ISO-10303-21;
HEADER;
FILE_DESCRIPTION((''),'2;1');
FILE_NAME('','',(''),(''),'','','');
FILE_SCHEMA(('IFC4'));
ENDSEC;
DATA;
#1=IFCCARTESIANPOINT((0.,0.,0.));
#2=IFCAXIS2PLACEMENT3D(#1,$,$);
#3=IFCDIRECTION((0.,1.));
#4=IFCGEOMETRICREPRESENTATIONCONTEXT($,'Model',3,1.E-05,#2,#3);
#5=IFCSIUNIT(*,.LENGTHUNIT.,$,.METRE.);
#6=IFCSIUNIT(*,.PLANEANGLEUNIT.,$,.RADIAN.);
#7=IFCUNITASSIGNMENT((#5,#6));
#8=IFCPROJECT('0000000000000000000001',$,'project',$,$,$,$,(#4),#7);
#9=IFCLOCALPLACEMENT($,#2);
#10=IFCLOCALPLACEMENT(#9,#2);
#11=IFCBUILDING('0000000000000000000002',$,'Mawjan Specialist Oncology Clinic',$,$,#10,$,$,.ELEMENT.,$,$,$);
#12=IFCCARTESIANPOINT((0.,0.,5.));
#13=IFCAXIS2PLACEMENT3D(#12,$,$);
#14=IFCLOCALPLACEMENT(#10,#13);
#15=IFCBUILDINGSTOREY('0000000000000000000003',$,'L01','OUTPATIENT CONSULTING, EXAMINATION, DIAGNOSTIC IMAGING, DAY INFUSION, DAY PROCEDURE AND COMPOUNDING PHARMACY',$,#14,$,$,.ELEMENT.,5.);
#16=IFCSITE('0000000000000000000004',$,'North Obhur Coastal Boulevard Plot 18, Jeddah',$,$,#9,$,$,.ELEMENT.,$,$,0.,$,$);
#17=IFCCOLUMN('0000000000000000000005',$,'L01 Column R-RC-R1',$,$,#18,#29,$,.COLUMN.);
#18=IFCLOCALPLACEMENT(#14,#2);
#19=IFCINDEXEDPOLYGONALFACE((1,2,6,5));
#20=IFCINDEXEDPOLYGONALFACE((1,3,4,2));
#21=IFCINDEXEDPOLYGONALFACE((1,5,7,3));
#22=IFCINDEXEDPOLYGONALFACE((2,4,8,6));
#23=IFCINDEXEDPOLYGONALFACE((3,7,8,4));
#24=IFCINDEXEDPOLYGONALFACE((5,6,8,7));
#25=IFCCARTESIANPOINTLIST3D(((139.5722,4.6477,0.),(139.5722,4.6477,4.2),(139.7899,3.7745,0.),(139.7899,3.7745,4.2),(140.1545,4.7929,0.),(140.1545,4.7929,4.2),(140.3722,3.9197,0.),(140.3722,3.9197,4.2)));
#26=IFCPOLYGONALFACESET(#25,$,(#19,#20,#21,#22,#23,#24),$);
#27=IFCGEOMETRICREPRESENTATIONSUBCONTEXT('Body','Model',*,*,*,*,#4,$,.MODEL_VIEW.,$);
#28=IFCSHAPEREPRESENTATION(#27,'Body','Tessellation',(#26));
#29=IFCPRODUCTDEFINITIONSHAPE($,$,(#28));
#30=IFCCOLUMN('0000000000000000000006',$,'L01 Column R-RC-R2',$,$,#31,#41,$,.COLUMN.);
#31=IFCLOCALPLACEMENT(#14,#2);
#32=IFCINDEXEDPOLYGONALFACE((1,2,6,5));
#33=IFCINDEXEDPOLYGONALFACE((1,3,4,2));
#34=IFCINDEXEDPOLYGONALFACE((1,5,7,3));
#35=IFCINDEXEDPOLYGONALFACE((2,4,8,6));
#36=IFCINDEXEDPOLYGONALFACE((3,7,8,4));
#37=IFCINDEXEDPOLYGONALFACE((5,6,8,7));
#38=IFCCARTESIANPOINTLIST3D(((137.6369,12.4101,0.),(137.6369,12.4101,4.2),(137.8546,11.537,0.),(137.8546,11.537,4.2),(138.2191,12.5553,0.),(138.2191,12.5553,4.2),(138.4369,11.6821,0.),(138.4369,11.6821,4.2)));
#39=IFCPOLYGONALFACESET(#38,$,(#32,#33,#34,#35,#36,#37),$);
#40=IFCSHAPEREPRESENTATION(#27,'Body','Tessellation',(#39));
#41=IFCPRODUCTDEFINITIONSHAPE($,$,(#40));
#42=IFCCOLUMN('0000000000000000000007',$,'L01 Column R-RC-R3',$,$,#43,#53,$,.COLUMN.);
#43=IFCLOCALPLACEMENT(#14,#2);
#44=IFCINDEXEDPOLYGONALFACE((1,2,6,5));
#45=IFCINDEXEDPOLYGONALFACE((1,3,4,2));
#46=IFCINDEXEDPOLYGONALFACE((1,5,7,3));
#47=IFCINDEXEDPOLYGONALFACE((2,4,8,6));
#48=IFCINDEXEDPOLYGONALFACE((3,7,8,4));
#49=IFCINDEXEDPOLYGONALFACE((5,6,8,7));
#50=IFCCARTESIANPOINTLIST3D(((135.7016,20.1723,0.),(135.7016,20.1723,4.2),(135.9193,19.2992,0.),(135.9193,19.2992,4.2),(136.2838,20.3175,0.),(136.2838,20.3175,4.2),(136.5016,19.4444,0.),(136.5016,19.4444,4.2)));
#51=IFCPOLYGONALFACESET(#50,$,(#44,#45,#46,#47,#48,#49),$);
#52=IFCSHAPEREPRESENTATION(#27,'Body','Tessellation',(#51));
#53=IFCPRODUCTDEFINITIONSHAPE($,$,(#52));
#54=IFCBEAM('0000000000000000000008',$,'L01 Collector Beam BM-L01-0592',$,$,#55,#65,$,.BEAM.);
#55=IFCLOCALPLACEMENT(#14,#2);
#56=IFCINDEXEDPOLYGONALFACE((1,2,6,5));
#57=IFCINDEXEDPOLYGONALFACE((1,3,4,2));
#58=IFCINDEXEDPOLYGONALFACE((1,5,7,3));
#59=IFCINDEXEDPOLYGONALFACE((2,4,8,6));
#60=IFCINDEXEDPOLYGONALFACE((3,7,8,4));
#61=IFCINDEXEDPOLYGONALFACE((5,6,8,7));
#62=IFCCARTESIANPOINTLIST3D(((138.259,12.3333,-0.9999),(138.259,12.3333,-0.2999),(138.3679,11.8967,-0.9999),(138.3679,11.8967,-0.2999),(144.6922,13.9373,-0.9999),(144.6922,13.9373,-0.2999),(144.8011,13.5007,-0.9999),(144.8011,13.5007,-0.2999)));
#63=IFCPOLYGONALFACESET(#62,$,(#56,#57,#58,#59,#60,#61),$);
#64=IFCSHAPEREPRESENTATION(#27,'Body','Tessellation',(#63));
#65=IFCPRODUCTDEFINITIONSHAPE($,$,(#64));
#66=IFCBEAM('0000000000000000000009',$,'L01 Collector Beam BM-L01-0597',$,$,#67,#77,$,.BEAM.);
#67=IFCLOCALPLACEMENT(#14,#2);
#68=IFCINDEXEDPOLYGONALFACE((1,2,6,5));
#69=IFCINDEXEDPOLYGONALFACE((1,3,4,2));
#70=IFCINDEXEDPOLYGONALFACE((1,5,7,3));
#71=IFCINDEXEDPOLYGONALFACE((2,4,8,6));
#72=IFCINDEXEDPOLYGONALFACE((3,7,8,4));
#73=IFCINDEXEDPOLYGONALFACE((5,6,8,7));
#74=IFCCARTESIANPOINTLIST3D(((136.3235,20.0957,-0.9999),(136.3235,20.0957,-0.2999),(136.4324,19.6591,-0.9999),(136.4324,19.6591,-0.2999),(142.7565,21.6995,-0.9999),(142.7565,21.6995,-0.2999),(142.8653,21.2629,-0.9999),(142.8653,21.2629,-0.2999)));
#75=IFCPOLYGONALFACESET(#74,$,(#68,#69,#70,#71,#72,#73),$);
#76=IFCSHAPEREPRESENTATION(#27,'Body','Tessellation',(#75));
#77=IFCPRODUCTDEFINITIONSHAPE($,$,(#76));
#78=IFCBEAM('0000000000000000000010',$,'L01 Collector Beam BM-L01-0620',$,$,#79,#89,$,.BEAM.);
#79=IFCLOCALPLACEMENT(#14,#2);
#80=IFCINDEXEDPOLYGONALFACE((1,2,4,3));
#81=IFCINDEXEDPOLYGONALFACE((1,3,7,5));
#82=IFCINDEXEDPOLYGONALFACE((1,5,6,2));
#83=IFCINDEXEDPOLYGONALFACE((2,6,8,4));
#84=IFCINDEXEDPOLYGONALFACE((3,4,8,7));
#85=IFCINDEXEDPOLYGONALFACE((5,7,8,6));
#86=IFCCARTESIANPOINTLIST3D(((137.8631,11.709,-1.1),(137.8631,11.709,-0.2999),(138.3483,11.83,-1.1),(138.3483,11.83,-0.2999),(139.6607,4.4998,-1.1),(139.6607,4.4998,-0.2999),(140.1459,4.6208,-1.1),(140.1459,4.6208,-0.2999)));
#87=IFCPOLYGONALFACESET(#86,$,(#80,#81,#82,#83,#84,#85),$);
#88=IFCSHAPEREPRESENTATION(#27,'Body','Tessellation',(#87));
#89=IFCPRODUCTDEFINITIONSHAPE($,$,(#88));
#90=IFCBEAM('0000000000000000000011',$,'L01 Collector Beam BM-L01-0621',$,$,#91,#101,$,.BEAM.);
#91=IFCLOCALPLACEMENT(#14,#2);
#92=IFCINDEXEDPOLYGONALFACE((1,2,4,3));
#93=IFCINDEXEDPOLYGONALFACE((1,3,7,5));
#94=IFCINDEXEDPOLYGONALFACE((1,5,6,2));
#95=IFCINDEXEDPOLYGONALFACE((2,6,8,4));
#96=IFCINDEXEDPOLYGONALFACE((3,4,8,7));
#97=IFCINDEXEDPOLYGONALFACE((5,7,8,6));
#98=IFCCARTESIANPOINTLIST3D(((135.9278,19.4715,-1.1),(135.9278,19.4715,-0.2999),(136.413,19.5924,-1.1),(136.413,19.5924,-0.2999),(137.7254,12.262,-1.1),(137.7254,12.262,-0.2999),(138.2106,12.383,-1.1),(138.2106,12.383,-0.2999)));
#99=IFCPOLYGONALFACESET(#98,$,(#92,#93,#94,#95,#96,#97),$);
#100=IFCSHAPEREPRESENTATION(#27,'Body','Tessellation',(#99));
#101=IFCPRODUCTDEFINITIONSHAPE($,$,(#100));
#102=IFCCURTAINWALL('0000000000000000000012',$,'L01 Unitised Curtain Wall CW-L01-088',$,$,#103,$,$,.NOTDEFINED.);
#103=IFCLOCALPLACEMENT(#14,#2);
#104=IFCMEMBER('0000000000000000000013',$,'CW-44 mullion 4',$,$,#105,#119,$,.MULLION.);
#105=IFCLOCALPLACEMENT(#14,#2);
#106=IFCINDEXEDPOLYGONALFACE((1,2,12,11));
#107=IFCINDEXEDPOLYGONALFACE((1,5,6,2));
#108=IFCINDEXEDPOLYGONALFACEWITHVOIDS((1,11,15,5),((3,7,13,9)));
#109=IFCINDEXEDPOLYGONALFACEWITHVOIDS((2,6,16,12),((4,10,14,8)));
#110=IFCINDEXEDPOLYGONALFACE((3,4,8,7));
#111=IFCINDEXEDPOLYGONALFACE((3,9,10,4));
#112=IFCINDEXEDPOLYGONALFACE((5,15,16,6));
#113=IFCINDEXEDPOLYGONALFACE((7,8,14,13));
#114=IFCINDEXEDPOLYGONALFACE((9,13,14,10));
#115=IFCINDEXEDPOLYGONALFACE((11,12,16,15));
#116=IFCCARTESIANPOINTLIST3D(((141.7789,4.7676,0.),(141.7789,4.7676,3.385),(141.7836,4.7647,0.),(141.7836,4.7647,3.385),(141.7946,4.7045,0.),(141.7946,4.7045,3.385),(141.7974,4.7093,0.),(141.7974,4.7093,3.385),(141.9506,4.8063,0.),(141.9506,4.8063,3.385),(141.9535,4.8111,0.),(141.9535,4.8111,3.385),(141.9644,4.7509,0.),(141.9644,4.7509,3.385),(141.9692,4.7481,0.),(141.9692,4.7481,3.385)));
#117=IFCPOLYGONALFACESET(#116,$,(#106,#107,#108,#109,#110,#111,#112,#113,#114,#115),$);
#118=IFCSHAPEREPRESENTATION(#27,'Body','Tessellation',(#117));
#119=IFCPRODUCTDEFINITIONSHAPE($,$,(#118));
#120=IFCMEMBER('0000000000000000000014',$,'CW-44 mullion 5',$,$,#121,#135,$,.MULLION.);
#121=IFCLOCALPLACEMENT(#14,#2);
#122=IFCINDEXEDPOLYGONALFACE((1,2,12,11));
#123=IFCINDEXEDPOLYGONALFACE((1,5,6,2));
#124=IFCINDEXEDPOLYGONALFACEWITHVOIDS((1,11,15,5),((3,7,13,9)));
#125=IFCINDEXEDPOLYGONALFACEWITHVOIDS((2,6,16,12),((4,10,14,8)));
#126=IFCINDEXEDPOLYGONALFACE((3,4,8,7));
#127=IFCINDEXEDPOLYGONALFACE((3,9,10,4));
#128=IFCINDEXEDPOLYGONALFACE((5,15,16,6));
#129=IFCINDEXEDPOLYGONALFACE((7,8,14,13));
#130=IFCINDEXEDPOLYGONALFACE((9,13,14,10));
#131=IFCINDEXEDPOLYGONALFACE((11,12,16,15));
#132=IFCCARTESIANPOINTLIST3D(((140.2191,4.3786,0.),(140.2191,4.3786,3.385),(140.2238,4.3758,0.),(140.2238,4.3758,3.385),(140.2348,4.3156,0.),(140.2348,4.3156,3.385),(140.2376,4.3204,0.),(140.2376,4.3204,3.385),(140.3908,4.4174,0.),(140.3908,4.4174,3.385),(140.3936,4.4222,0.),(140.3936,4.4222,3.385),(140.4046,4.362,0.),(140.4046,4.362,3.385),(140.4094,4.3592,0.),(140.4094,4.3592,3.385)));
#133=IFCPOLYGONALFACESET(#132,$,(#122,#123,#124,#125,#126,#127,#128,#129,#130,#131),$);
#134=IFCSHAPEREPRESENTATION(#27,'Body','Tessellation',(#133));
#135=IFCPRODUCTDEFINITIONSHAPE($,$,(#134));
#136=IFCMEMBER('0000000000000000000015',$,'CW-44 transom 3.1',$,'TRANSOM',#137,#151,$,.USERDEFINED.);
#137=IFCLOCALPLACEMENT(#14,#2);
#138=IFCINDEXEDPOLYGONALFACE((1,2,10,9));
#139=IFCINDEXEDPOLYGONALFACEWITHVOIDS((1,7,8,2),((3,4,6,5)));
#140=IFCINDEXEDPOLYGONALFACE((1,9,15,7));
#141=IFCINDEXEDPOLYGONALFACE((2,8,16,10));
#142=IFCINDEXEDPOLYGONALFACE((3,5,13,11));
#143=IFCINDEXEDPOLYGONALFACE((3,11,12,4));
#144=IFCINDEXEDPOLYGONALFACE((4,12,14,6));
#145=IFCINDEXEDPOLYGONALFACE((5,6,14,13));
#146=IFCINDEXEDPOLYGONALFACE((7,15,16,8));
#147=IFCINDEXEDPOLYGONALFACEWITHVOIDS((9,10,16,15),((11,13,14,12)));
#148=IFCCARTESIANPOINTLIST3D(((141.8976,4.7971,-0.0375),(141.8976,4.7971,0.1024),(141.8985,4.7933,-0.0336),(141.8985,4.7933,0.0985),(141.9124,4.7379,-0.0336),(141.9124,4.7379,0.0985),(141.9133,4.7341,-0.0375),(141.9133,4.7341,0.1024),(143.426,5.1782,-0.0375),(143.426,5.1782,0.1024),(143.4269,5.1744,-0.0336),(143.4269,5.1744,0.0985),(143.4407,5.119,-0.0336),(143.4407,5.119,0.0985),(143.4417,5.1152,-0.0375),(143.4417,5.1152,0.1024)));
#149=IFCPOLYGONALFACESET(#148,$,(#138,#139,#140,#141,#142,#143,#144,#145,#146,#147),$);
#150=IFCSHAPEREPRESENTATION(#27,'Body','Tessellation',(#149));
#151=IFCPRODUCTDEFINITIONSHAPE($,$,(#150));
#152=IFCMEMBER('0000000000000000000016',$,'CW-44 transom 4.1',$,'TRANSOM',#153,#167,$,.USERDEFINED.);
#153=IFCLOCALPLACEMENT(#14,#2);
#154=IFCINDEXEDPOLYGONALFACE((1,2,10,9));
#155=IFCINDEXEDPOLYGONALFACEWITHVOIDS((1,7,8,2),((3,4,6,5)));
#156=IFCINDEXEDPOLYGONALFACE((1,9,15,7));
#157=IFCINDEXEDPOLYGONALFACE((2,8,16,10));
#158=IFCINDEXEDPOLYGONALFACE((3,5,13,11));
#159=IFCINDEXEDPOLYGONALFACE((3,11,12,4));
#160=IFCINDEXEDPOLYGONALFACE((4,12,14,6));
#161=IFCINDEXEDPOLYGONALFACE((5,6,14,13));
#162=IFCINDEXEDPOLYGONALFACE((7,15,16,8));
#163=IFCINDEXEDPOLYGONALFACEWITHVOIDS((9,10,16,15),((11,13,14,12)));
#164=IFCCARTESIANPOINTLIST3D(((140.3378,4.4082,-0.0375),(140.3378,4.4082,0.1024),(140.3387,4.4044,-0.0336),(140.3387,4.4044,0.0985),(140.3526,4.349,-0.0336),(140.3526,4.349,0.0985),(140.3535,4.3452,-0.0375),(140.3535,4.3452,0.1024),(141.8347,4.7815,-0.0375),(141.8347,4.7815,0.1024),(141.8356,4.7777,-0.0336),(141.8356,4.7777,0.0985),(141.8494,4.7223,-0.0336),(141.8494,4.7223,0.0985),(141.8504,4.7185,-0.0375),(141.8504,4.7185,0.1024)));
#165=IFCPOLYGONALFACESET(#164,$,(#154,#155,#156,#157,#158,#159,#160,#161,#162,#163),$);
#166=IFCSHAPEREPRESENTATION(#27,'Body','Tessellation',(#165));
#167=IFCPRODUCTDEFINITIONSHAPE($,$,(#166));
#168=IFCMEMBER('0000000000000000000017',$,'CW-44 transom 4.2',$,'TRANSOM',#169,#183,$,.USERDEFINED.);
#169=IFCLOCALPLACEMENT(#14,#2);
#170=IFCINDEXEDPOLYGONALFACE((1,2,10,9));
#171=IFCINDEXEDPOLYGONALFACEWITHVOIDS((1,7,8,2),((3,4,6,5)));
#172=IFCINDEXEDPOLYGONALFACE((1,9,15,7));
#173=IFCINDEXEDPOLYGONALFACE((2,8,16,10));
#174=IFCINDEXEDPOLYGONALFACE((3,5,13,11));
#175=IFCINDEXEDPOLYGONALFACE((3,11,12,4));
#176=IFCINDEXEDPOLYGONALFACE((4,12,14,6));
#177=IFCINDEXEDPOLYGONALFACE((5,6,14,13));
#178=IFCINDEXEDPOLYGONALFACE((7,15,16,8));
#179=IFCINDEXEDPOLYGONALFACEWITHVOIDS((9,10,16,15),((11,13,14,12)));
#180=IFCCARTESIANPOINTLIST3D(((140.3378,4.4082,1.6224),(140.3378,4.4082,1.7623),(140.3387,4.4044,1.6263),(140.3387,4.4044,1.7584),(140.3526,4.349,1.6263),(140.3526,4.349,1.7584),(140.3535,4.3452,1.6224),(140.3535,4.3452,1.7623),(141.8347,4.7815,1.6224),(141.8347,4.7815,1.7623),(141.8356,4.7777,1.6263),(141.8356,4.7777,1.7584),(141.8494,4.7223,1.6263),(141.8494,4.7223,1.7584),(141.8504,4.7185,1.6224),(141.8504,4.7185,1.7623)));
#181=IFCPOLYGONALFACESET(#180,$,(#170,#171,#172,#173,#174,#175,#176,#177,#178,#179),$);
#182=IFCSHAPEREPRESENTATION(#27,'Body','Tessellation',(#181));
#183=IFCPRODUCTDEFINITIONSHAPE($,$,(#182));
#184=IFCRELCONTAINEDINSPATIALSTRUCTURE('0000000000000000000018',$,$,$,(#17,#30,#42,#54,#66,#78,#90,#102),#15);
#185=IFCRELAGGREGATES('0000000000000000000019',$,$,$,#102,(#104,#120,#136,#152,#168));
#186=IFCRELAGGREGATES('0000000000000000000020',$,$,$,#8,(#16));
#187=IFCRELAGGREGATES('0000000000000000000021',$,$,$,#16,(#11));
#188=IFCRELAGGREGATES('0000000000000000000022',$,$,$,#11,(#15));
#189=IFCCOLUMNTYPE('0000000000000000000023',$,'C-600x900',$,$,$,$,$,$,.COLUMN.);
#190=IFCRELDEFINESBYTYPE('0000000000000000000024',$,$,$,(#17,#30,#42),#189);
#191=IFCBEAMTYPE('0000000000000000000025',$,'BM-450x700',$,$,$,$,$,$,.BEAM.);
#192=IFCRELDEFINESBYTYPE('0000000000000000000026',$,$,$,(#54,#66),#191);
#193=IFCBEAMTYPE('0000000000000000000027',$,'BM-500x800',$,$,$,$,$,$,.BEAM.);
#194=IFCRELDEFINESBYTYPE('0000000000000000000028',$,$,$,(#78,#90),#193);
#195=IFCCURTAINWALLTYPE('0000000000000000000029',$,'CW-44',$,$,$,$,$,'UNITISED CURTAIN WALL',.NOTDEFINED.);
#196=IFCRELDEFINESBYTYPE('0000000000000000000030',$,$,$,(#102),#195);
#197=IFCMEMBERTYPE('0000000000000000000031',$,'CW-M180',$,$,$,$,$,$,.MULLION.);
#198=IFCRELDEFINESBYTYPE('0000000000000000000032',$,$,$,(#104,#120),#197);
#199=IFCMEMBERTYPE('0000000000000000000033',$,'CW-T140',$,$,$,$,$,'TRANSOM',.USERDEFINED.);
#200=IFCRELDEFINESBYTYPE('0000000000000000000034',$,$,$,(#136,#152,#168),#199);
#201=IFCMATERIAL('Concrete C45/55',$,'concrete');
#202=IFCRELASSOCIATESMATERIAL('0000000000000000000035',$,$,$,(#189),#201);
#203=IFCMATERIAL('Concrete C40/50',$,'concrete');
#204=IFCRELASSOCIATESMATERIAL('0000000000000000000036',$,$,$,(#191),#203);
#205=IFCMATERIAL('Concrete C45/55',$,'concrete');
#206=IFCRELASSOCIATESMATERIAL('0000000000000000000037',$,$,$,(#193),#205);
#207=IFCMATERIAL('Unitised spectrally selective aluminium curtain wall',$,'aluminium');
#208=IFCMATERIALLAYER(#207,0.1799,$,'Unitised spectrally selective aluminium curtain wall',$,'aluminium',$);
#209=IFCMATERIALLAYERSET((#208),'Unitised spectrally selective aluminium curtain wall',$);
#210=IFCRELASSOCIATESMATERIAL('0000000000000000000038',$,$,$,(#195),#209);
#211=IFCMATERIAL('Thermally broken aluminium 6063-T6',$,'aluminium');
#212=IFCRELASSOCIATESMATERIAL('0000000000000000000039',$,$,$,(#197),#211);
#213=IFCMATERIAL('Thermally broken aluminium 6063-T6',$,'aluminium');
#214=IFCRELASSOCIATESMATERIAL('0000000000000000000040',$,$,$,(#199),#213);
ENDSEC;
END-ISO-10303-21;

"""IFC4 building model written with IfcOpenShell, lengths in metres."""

from ifc_helpers import new_model, si_unit, direction, frame, origin, origin_2d, place, context, subcontext, project, spatial, rectangle, hollow_rectangle, extrude, material, layer, layer_set, material_profile, profile_set, type_object, element, aggregate, save


model = new_model("IFC4")

# Units and contexts
model_context = context("Model", 3, precision=1e-05, world=origin(), true_north=direction((0.0, 1.0)))
body_context = subcontext(model_context, "Body", "Model", "MODEL_VIEW")
ifc_project = project(units=[si_unit("LENGTHUNIT", "METRE"), si_unit("PLANEANGLEUNIT", "RADIAN")], contexts=[model_context])

# Site, building, storey
site_placement = place(None, origin())
site = spatial("IfcSite", under=ifc_project, at=site_placement, Name="North Obhur Coastal Boulevard Plot 18, Jeddah", CompositionType="ELEMENT", RefElevation=0.0)
building_placement = place(site_placement, origin())
building = spatial("IfcBuilding", under=site, at=building_placement, Name="Mawjan Specialist Oncology Clinic", CompositionType="ELEMENT")
storey_placement = place(building_placement, frame((0.0, 0.0, 5.0)))
storey = spatial("IfcBuildingStorey", under=building, at=storey_placement, Name="L01", Description="OUTPATIENT CONSULTING, EXAMINATION, DIAGNOSTIC IMAGING, DAY INFUSION, DAY PROCEDURE AND COMPOUNDING PHARMACY", CompositionType="ELEMENT", Elevation=5.0)

# Columns
ifc_material_1 = material(Name="Concrete C45/55", Category="concrete")
ifc_material_profile_1 = material_profile(ifc_material_1, rectangle(XDim=0.6001, YDim=0.8999, at=origin_2d()), Name="RC COL 600x900", Category="concrete")
ifc_profile_set_1 = profile_set([ifc_material_profile_1], Name="Concrete C45/55")
column_type = type_object("IfcColumnType", Name="C-600x900", PredefinedType="COLUMN", material=ifc_profile_set_1)
for number, where, z_axis, x_axis, name in (
    (1, (139.9722, 4.2837, 0.0), (0.0, 0.0, 1.0), (0.970296, 0.241922, 0.0), "L01 Column R-RC-R1"),
    (2, (138.0369, 12.0461, 0.0), (0.0, 0.0, 1.0), (0.970296, 0.241922, 0.0), "L01 Column R-RC-R2"),
    (3, (136.1016, 19.8083, 0.0), (0.0, 0.0, 1.0), (0.970296, 0.241922, 0.0), "L01 Column R-RC-R3"),
):
    element("IfcColumn", number, at=place(storey_placement, frame(where, z_axis=z_axis, x_axis=x_axis)), inside=storey, type_object=column_type, Name=name, PredefinedType="COLUMN", context=body_context, shape_type="SweptSolid", body=[
        extrude(rectangle(XDim=0.6001, YDim=0.8999, at=origin_2d()), origin(), (0.0, 0.0, 1.0), 4.2),
    ])

# Beams
ifc_material_2 = material(Name="Concrete C40/50", Category="concrete")
ifc_material_profile_2 = material_profile(ifc_material_2, rectangle(XDim=0.45, YDim=0.7, at=origin_2d()), Name="RC BM 450x700", Category="concrete")
ifc_profile_set_2 = profile_set([ifc_material_profile_2], Name="Concrete C40/50")
beam_type_1 = type_object("IfcBeamType", Name="BM-450x700", PredefinedType="BEAM", material=ifc_profile_set_2)
beam_1_placement = place(storey_placement, frame((138.3135, 12.115, -0.6499), z_axis=(0.970294, 0.241929, 0.0), x_axis=(-0.241929, 0.970294, 0.0)))
element("IfcBeam", 4, at=beam_1_placement, inside=storey, type_object=beam_type_1, Name="L01 Collector Beam BM-L01-0592", PredefinedType="BEAM", context=body_context, shape_type="SweptSolid", body=[
    extrude(rectangle(XDim=0.45, YDim=0.7, at=origin_2d()), origin(), (0.0, 0.0, 1.0), 6.6301),
])
beam_2_placement = place(storey_placement, frame((136.3779, 19.8774, -0.6499), z_axis=(0.970303, 0.241894, 0.0), x_axis=(-0.241894, 0.970303, 0.0)))
element("IfcBeam", 5, at=beam_2_placement, inside=storey, type_object=beam_type_1, Name="L01 Collector Beam BM-L01-0597", PredefinedType="BEAM", context=body_context, shape_type="SweptSolid", body=[
    extrude(rectangle(XDim=0.45, YDim=0.7, at=origin_2d()), origin(), (0.0, 0.0, 1.0), 6.6299),
])
ifc_material_3 = material(Name="Concrete C45/55", Category="concrete")
ifc_material_profile_3 = material_profile(ifc_material_3, rectangle(XDim=0.5, YDim=0.8, at=origin_2d()), Name="RC BM 500x800", Category="concrete")
ifc_profile_set_3 = profile_set([ifc_material_profile_3], Name="Concrete C45/55")
beam_type_2 = type_object("IfcBeamType", Name="BM-500x800", PredefinedType="BEAM", material=ifc_profile_set_3)
beam_3_placement = place(storey_placement, frame((139.9033, 4.5603, -0.7), z_axis=(-0.24194, 0.970291, 0.0), x_axis=(-0.970291, -0.24194, 0.0)))
element("IfcBeam", 6, at=beam_3_placement, inside=storey, type_object=beam_type_2, Name="L01 Collector Beam BM-L01-0620", PredefinedType="BEAM", context=body_context, shape_type="SweptSolid", body=[
    extrude(rectangle(XDim=0.5, YDim=0.8, at=origin_2d()), origin(), (0.0, 0.0, 1.0), 7.4299),
])
beam_4_placement = place(storey_placement, frame((137.968, 12.3225, -0.7), z_axis=(-0.241933, 0.970293, 0.0), x_axis=(-0.970293, -0.241933, 0.0)))
element("IfcBeam", 7, at=beam_4_placement, inside=storey, type_object=beam_type_2, Name="L01 Collector Beam BM-L01-0621", PredefinedType="BEAM", context=body_context, shape_type="SweptSolid", body=[
    extrude(rectangle(XDim=0.5, YDim=0.8, at=origin_2d()), origin(), (0.0, 0.0, 1.0), 7.4302),
])

# Curtain wall, members
ifc_material_4 = material(Name="Unitised spectrally selective aluminium curtain wall", Category="aluminium")
ifc_layer_1 = layer(ifc_material_4, 0.1799, Name="Unitised spectrally selective aluminium curtain wall", Category="aluminium")
ifc_layer_set_1 = layer_set([ifc_layer_1], Name="Unitised spectrally selective aluminium curtain wall")
curtain_wall_type = type_object("IfcCurtainWallType", Name="CW-44", ElementType="UNITISED CURTAIN WALL", PredefinedType="NOTDEFINED", material=ifc_layer_set_1)
curtain_wall_placement = place(storey_placement, origin())
curtain_wall = element("IfcCurtainWall", 8, at=curtain_wall_placement, inside=storey, type_object=curtain_wall_type, Name="L01 Unitised Curtain Wall CW-L01-088", PredefinedType="NOTDEFINED")
ifc_material_5 = material(Name="Thermally broken aluminium 6063-T6", Category="aluminium")
ifc_material_profile_4 = material_profile(ifc_material_5, hollow_rectangle(XDim=0.0649, YDim=0.1799, WallThickness=0.0039, at=origin_2d()), Name="ALU MULLION 180x65x4", Category="aluminium")
ifc_profile_set_4 = profile_set([ifc_material_profile_4], Name="Thermally broken aluminium 6063-T6")
member_type_1 = type_object("IfcMemberType", Name="CW-M180", PredefinedType="MULLION", material=ifc_profile_set_4)
member_1_placement = place(storey_placement, frame((141.874, 4.7578, 0.0), z_axis=(0.0, 0.0, 1.0), x_axis=(0.241922, -0.970296, 0.0)))
member_1 = element("IfcMember", 9, at=member_1_placement, type_object=member_type_1, Name="CW-44 mullion 4", PredefinedType="MULLION", context=body_context, shape_type="SweptSolid", body=[
    extrude(hollow_rectangle(XDim=0.0649, YDim=0.1799, WallThickness=0.0039, at=origin_2d()), origin(), (0.0, 0.0, 1.0), 3.385),
])
member_2_placement = place(storey_placement, frame((140.3142, 4.3689, 0.0), z_axis=(0.0, 0.0, 1.0), x_axis=(0.241922, -0.970296, 0.0)))
member_2 = element("IfcMember", 10, at=member_2_placement, type_object=member_type_1, Name="CW-44 mullion 5", PredefinedType="MULLION", context=body_context, shape_type="SweptSolid", body=[
    extrude(hollow_rectangle(XDim=0.0649, YDim=0.1799, WallThickness=0.0039, at=origin_2d()), origin(), (0.0, 0.0, 1.0), 3.385),
])
ifc_material_6 = material(Name="Thermally broken aluminium 6063-T6", Category="aluminium")
ifc_material_profile_5 = material_profile(ifc_material_6, hollow_rectangle(XDim=0.0649, YDim=0.1399, WallThickness=0.0039, at=origin_2d()), Name="ALU TRANSOM 140x65x4", Category="aluminium")
ifc_profile_set_5 = profile_set([ifc_material_profile_5], Name="Thermally broken aluminium 6063-T6")
member_type_2 = type_object("IfcMemberType", Name="CW-T140", ElementType="TRANSOM", PredefinedType="USERDEFINED", material=ifc_profile_set_5)
member_3_placement = place(storey_placement, frame((143.4338, 5.1467, 0.0325), z_axis=(-0.970288, -0.241952, 0.0), x_axis=(0.241952, -0.970288, 0.0)))
member_3 = element("IfcMember", 11, at=member_3_placement, type_object=member_type_2, Name="CW-44 transom 3.1", ObjectType="TRANSOM", PredefinedType="USERDEFINED", context=body_context, shape_type="SweptSolid", body=[
    extrude(hollow_rectangle(XDim=0.0649, YDim=0.1399, WallThickness=0.0039, at=origin_2d()), origin(), (0.0, 0.0, 1.0), 1.5752),
])
member_4_placement = place(storey_placement, frame((141.8425, 4.75, 0.0325), z_axis=(-0.970282, -0.241977, 0.0), x_axis=(0.241977, -0.970282, 0.0)))
member_4 = element("IfcMember", 12, at=member_4_placement, type_object=member_type_2, Name="CW-44 transom 4.1", ObjectType="TRANSOM", PredefinedType="USERDEFINED", context=body_context, shape_type="SweptSolid", body=[
    extrude(hollow_rectangle(XDim=0.0649, YDim=0.1399, WallThickness=0.0039, at=origin_2d()), origin(), (0.0, 0.0, 1.0), 1.5427),
])
member_5_placement = place(storey_placement, frame((141.8425, 4.75, 1.6924), z_axis=(-0.970282, -0.241977, 0.0), x_axis=(0.241977, -0.970282, 0.0)))
member_5 = element("IfcMember", 13, at=member_5_placement, type_object=member_type_2, Name="CW-44 transom 4.2", ObjectType="TRANSOM", PredefinedType="USERDEFINED", context=body_context, shape_type="SweptSolid", body=[
    extrude(hollow_rectangle(XDim=0.0649, YDim=0.1399, WallThickness=0.0039, at=origin_2d()), origin(), (0.0, 0.0, 1.0), 1.5427),
])

aggregate(curtain_wall, [member_1, member_2, member_3, member_4, member_5])

save(model, "model.ifc")
